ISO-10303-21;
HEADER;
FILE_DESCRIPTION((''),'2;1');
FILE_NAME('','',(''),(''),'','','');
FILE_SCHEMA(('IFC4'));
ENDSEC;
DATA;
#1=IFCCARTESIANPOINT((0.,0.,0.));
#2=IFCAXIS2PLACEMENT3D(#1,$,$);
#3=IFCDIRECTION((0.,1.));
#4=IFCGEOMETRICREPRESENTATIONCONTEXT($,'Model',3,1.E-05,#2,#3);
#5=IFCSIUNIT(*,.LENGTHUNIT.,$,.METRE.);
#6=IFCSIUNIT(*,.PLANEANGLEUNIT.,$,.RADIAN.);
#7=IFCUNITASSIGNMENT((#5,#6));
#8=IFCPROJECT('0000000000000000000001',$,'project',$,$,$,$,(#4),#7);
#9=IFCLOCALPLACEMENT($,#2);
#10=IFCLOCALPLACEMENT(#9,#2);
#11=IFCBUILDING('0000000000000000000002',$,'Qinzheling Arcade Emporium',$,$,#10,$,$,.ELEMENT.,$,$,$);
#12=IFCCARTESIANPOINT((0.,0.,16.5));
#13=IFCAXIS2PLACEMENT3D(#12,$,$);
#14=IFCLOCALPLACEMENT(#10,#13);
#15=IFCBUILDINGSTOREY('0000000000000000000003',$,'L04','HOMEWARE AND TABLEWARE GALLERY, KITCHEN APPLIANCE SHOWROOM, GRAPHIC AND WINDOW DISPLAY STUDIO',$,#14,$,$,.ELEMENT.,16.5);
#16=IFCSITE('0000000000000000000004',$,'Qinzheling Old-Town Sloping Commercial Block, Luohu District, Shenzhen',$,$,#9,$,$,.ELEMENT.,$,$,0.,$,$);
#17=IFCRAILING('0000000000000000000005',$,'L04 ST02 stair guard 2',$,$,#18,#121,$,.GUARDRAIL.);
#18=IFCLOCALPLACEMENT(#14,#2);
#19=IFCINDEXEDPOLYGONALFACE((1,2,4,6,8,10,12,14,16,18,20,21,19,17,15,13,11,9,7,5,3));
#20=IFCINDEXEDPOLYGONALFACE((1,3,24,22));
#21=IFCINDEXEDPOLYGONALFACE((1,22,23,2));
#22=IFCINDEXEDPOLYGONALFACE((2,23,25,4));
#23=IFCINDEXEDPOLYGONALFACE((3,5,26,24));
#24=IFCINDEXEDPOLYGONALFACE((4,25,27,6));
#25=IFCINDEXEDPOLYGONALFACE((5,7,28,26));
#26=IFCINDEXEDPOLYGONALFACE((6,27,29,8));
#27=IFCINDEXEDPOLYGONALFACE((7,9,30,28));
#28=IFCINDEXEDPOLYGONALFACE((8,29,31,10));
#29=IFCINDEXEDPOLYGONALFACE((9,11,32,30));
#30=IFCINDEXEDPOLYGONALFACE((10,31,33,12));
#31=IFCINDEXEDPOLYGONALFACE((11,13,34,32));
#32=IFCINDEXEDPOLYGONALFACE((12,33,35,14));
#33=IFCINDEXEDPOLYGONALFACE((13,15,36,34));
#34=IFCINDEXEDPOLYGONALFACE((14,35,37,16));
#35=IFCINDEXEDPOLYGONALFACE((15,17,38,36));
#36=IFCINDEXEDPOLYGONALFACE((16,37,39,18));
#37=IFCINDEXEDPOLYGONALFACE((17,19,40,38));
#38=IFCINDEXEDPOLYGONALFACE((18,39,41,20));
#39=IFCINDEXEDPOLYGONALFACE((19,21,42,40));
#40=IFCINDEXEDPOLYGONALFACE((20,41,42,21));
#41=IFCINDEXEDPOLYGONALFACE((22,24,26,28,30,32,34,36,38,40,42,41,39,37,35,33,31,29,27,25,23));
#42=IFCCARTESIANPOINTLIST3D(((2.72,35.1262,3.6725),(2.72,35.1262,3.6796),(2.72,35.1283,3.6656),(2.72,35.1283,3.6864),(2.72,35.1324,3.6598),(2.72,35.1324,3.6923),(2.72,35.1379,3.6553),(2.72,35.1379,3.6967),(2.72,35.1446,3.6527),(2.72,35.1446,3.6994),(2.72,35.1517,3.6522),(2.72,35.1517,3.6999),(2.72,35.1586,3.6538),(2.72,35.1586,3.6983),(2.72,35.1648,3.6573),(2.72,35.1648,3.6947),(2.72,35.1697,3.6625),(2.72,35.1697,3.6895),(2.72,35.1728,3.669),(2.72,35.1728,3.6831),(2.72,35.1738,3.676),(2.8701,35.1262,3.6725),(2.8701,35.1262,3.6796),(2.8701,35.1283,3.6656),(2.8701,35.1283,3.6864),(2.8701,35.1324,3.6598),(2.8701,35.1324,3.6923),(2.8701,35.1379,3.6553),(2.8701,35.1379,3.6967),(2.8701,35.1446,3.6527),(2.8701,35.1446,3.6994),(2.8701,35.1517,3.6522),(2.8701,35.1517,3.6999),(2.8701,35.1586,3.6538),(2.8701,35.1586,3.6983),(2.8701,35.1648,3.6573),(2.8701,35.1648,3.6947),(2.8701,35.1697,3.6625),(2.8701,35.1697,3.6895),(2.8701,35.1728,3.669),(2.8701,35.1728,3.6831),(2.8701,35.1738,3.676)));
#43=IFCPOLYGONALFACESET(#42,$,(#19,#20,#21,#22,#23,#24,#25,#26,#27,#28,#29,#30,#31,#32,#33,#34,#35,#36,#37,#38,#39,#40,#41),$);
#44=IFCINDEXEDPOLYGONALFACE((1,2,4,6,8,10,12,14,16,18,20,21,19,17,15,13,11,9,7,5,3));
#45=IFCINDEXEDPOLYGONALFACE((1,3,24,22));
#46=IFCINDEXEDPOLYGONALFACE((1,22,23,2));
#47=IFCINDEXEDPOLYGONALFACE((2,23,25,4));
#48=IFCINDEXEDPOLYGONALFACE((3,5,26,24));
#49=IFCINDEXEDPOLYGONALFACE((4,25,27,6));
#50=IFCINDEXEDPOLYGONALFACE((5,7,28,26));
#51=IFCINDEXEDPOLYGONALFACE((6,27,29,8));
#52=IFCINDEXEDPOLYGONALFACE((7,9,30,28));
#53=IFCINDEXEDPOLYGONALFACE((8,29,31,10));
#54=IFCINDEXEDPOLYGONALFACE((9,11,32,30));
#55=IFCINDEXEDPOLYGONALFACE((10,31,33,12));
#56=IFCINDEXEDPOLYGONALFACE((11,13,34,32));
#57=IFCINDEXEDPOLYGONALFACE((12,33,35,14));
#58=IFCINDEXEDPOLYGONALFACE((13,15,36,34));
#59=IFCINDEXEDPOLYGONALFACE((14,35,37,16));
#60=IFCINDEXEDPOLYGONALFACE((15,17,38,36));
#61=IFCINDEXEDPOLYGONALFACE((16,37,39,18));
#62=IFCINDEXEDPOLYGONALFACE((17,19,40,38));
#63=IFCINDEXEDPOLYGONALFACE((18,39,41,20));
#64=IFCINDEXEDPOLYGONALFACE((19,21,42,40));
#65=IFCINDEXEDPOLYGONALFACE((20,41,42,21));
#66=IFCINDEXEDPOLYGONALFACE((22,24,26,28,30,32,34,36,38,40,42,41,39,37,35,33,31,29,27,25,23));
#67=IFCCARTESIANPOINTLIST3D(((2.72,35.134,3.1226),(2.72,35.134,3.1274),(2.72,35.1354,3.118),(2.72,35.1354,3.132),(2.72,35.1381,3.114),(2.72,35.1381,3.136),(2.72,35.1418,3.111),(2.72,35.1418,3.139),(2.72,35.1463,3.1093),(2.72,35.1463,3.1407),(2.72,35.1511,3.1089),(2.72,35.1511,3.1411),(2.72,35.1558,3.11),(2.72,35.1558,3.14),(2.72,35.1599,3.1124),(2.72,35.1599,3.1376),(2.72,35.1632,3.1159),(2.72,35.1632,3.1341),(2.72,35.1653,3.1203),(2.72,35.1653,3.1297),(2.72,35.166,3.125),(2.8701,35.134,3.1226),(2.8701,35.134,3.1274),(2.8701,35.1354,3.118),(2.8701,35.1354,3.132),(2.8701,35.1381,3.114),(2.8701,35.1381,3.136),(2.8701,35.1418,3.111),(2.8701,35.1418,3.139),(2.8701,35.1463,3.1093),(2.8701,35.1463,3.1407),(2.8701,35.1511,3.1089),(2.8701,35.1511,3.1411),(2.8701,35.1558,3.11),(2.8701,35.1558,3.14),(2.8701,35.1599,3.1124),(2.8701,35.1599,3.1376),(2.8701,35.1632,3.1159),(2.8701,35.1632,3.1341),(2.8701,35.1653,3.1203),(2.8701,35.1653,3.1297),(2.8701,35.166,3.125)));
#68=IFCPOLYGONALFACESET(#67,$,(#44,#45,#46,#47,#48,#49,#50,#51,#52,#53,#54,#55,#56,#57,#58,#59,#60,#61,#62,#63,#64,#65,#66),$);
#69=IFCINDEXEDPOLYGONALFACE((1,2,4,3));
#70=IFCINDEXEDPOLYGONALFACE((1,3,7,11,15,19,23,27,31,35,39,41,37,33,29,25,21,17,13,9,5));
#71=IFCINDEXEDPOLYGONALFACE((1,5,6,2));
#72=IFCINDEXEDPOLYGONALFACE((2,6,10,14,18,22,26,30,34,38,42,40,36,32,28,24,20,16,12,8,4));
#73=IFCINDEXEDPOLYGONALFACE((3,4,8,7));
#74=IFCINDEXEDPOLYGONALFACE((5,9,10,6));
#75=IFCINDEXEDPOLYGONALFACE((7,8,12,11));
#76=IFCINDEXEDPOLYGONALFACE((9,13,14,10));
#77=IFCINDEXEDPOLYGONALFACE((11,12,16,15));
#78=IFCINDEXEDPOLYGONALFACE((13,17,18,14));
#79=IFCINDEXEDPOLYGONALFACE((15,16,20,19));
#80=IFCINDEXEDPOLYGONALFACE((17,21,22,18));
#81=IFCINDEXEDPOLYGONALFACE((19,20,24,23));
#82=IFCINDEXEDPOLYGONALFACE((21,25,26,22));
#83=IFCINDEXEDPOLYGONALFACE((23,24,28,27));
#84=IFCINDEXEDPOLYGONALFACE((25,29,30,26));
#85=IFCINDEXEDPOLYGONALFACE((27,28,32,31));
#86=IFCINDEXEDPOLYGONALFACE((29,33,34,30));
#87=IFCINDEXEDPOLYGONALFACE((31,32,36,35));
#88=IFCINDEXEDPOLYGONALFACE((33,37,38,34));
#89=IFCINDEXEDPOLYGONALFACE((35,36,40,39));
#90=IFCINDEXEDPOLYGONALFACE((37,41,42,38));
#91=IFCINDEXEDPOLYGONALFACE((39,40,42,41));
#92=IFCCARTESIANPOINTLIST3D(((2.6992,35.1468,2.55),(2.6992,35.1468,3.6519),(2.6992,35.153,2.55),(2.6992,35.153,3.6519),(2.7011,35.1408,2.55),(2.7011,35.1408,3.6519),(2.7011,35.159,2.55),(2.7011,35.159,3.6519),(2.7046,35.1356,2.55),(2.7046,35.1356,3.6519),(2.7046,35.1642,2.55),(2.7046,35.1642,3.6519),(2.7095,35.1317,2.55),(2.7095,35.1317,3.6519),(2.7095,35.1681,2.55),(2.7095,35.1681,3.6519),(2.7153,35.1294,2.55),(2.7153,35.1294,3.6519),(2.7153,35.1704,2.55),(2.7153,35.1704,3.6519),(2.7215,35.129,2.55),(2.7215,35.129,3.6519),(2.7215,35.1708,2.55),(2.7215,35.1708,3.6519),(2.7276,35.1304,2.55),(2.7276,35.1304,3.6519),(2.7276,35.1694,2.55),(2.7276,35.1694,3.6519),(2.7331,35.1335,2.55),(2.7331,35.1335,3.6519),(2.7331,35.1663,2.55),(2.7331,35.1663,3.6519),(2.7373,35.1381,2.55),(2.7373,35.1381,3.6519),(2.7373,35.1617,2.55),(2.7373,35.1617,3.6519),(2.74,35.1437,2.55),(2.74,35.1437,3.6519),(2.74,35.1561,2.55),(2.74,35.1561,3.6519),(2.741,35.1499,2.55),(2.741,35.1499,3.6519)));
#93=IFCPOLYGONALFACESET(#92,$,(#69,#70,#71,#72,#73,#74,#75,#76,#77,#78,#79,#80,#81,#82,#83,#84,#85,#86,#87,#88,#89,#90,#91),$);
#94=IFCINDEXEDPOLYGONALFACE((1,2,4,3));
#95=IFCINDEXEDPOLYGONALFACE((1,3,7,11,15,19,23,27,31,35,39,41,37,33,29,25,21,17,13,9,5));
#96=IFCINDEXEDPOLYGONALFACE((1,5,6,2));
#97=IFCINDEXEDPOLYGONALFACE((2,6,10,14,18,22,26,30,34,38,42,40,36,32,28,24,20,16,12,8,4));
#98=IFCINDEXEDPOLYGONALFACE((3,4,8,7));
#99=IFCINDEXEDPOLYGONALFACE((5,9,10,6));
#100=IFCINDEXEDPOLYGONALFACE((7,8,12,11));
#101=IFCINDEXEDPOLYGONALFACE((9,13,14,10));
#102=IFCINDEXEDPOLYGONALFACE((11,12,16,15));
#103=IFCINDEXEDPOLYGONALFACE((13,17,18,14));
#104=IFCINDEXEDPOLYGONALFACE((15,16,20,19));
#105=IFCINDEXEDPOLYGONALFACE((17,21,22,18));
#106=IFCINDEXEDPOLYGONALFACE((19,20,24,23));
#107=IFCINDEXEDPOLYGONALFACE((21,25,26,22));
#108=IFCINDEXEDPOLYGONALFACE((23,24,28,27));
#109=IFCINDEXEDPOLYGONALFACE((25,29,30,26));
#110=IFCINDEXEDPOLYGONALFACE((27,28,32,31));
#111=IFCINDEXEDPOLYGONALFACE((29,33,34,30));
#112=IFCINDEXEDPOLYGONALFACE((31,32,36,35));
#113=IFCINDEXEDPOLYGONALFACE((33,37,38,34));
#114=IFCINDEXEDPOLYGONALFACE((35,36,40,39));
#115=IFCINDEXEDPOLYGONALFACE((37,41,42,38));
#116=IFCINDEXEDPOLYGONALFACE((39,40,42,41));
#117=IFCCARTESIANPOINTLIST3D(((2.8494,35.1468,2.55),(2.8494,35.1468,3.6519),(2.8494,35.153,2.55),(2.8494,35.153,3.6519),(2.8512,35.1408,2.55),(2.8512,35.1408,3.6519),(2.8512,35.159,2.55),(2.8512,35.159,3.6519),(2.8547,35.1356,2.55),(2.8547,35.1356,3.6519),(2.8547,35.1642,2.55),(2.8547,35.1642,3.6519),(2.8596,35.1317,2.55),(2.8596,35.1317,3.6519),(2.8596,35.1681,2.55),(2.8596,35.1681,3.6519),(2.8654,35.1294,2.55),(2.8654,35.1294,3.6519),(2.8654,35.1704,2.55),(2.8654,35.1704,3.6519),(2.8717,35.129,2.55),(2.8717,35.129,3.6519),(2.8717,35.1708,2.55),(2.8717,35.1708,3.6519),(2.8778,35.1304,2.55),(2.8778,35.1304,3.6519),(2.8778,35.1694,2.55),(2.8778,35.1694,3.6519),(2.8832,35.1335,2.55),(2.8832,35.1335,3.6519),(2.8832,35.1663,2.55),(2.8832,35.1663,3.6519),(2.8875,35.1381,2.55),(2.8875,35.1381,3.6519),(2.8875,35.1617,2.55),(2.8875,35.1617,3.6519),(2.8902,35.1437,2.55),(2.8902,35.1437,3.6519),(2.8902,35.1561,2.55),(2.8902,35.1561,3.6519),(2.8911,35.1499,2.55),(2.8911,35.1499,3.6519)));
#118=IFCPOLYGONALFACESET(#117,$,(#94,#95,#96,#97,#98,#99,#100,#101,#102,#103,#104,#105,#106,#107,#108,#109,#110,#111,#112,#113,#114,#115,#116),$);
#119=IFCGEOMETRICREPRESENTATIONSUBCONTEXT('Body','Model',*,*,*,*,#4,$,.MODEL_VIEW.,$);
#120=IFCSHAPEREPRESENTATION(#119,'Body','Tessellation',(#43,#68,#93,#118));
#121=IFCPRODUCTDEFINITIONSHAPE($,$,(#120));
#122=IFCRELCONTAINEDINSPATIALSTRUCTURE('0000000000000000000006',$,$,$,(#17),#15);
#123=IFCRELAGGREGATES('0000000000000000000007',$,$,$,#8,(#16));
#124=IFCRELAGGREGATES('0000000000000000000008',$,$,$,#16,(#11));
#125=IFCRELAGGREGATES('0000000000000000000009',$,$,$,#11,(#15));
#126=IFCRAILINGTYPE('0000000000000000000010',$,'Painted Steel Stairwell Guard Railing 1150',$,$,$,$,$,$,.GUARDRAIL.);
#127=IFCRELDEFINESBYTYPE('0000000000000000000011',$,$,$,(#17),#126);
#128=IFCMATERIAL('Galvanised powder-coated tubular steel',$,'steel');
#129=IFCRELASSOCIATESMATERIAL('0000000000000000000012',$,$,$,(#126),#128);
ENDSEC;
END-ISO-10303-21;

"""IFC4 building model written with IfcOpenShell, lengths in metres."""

from ifc_helpers import new_model, si_unit, direction, frame, origin, origin_2d, place, context, subcontext, project, spatial, circle, extrude, material, type_object, element, save


model = new_model("IFC4")

# Units and contexts
model_context = context("Model", 3, precision=1e-05, world=origin(), true_north=direction((0.0, 1.0)))
body_context = subcontext(model_context, "Body", "Model", "MODEL_VIEW")
ifc_project = project(units=[si_unit("LENGTHUNIT", "METRE"), si_unit("PLANEANGLEUNIT", "RADIAN")], contexts=[model_context])

# Site, building, storey
site_placement = place(None, origin())
site = spatial("IfcSite", under=ifc_project, at=site_placement, Name="Qinzheling Old-Town Sloping Commercial Block, Luohu District, Shenzhen", CompositionType="ELEMENT", RefElevation=0.0)
building_placement = place(site_placement, origin())
building = spatial("IfcBuilding", under=site, at=building_placement, Name="Qinzheling Arcade Emporium", CompositionType="ELEMENT")
storey_placement = place(building_placement, frame((0.0, 0.0, 16.5)))
storey = spatial("IfcBuildingStorey", under=building, at=storey_placement, Name="L04", Description="HOMEWARE AND TABLEWARE GALLERY, KITCHEN APPLIANCE SHOWROOM, GRAPHIC AND WINDOW DISPLAY STUDIO", CompositionType="ELEMENT", Elevation=16.5)

# Railing
ifc_material_1 = material(Name="Galvanised powder-coated tubular steel", Category="steel")
railing_type_1 = type_object("IfcRailingType", Name="Painted Steel Stairwell Guard Railing 1150", PredefinedType="GUARDRAIL", material=ifc_material_1)
railing_1_placement = place(storey_placement, frame((2.72, 35.1499, 2.55)))
element("IfcRailing", 1, at=railing_1_placement, inside=storey, type_object=railing_type_1, Name="L04 ST02 stair guard 2", PredefinedType="GUARDRAIL", context=body_context, shape_type="SweptSolid", body=[
    extrude(circle(Radius=0.0239, at=origin_2d()), frame((0.0, 0.0, 1.126), z_axis=(1.0, 0.0, 0.0), x_axis=(0.0, 1.0, 0.0)), (0.0, 0.0, 1.0), 0.1501),
    extrude(circle(Radius=0.0161, at=origin_2d()), frame((0.0, 0.0, 0.575), z_axis=(1.0, 0.0, 0.0), x_axis=(0.0, 1.0, 0.0)), (0.0, 0.0, 1.0), 0.1501),
    extrude(circle(Radius=0.021, at=origin_2d()), origin(), (0.0, 0.0, 1.0), 1.1018),
    extrude(circle(Radius=0.021, at=origin_2d()), frame((0.1501, 0.0, 0.0)), (0.0, 0.0, 1.0), 1.1018),
])

save(model, "model.ifc")
